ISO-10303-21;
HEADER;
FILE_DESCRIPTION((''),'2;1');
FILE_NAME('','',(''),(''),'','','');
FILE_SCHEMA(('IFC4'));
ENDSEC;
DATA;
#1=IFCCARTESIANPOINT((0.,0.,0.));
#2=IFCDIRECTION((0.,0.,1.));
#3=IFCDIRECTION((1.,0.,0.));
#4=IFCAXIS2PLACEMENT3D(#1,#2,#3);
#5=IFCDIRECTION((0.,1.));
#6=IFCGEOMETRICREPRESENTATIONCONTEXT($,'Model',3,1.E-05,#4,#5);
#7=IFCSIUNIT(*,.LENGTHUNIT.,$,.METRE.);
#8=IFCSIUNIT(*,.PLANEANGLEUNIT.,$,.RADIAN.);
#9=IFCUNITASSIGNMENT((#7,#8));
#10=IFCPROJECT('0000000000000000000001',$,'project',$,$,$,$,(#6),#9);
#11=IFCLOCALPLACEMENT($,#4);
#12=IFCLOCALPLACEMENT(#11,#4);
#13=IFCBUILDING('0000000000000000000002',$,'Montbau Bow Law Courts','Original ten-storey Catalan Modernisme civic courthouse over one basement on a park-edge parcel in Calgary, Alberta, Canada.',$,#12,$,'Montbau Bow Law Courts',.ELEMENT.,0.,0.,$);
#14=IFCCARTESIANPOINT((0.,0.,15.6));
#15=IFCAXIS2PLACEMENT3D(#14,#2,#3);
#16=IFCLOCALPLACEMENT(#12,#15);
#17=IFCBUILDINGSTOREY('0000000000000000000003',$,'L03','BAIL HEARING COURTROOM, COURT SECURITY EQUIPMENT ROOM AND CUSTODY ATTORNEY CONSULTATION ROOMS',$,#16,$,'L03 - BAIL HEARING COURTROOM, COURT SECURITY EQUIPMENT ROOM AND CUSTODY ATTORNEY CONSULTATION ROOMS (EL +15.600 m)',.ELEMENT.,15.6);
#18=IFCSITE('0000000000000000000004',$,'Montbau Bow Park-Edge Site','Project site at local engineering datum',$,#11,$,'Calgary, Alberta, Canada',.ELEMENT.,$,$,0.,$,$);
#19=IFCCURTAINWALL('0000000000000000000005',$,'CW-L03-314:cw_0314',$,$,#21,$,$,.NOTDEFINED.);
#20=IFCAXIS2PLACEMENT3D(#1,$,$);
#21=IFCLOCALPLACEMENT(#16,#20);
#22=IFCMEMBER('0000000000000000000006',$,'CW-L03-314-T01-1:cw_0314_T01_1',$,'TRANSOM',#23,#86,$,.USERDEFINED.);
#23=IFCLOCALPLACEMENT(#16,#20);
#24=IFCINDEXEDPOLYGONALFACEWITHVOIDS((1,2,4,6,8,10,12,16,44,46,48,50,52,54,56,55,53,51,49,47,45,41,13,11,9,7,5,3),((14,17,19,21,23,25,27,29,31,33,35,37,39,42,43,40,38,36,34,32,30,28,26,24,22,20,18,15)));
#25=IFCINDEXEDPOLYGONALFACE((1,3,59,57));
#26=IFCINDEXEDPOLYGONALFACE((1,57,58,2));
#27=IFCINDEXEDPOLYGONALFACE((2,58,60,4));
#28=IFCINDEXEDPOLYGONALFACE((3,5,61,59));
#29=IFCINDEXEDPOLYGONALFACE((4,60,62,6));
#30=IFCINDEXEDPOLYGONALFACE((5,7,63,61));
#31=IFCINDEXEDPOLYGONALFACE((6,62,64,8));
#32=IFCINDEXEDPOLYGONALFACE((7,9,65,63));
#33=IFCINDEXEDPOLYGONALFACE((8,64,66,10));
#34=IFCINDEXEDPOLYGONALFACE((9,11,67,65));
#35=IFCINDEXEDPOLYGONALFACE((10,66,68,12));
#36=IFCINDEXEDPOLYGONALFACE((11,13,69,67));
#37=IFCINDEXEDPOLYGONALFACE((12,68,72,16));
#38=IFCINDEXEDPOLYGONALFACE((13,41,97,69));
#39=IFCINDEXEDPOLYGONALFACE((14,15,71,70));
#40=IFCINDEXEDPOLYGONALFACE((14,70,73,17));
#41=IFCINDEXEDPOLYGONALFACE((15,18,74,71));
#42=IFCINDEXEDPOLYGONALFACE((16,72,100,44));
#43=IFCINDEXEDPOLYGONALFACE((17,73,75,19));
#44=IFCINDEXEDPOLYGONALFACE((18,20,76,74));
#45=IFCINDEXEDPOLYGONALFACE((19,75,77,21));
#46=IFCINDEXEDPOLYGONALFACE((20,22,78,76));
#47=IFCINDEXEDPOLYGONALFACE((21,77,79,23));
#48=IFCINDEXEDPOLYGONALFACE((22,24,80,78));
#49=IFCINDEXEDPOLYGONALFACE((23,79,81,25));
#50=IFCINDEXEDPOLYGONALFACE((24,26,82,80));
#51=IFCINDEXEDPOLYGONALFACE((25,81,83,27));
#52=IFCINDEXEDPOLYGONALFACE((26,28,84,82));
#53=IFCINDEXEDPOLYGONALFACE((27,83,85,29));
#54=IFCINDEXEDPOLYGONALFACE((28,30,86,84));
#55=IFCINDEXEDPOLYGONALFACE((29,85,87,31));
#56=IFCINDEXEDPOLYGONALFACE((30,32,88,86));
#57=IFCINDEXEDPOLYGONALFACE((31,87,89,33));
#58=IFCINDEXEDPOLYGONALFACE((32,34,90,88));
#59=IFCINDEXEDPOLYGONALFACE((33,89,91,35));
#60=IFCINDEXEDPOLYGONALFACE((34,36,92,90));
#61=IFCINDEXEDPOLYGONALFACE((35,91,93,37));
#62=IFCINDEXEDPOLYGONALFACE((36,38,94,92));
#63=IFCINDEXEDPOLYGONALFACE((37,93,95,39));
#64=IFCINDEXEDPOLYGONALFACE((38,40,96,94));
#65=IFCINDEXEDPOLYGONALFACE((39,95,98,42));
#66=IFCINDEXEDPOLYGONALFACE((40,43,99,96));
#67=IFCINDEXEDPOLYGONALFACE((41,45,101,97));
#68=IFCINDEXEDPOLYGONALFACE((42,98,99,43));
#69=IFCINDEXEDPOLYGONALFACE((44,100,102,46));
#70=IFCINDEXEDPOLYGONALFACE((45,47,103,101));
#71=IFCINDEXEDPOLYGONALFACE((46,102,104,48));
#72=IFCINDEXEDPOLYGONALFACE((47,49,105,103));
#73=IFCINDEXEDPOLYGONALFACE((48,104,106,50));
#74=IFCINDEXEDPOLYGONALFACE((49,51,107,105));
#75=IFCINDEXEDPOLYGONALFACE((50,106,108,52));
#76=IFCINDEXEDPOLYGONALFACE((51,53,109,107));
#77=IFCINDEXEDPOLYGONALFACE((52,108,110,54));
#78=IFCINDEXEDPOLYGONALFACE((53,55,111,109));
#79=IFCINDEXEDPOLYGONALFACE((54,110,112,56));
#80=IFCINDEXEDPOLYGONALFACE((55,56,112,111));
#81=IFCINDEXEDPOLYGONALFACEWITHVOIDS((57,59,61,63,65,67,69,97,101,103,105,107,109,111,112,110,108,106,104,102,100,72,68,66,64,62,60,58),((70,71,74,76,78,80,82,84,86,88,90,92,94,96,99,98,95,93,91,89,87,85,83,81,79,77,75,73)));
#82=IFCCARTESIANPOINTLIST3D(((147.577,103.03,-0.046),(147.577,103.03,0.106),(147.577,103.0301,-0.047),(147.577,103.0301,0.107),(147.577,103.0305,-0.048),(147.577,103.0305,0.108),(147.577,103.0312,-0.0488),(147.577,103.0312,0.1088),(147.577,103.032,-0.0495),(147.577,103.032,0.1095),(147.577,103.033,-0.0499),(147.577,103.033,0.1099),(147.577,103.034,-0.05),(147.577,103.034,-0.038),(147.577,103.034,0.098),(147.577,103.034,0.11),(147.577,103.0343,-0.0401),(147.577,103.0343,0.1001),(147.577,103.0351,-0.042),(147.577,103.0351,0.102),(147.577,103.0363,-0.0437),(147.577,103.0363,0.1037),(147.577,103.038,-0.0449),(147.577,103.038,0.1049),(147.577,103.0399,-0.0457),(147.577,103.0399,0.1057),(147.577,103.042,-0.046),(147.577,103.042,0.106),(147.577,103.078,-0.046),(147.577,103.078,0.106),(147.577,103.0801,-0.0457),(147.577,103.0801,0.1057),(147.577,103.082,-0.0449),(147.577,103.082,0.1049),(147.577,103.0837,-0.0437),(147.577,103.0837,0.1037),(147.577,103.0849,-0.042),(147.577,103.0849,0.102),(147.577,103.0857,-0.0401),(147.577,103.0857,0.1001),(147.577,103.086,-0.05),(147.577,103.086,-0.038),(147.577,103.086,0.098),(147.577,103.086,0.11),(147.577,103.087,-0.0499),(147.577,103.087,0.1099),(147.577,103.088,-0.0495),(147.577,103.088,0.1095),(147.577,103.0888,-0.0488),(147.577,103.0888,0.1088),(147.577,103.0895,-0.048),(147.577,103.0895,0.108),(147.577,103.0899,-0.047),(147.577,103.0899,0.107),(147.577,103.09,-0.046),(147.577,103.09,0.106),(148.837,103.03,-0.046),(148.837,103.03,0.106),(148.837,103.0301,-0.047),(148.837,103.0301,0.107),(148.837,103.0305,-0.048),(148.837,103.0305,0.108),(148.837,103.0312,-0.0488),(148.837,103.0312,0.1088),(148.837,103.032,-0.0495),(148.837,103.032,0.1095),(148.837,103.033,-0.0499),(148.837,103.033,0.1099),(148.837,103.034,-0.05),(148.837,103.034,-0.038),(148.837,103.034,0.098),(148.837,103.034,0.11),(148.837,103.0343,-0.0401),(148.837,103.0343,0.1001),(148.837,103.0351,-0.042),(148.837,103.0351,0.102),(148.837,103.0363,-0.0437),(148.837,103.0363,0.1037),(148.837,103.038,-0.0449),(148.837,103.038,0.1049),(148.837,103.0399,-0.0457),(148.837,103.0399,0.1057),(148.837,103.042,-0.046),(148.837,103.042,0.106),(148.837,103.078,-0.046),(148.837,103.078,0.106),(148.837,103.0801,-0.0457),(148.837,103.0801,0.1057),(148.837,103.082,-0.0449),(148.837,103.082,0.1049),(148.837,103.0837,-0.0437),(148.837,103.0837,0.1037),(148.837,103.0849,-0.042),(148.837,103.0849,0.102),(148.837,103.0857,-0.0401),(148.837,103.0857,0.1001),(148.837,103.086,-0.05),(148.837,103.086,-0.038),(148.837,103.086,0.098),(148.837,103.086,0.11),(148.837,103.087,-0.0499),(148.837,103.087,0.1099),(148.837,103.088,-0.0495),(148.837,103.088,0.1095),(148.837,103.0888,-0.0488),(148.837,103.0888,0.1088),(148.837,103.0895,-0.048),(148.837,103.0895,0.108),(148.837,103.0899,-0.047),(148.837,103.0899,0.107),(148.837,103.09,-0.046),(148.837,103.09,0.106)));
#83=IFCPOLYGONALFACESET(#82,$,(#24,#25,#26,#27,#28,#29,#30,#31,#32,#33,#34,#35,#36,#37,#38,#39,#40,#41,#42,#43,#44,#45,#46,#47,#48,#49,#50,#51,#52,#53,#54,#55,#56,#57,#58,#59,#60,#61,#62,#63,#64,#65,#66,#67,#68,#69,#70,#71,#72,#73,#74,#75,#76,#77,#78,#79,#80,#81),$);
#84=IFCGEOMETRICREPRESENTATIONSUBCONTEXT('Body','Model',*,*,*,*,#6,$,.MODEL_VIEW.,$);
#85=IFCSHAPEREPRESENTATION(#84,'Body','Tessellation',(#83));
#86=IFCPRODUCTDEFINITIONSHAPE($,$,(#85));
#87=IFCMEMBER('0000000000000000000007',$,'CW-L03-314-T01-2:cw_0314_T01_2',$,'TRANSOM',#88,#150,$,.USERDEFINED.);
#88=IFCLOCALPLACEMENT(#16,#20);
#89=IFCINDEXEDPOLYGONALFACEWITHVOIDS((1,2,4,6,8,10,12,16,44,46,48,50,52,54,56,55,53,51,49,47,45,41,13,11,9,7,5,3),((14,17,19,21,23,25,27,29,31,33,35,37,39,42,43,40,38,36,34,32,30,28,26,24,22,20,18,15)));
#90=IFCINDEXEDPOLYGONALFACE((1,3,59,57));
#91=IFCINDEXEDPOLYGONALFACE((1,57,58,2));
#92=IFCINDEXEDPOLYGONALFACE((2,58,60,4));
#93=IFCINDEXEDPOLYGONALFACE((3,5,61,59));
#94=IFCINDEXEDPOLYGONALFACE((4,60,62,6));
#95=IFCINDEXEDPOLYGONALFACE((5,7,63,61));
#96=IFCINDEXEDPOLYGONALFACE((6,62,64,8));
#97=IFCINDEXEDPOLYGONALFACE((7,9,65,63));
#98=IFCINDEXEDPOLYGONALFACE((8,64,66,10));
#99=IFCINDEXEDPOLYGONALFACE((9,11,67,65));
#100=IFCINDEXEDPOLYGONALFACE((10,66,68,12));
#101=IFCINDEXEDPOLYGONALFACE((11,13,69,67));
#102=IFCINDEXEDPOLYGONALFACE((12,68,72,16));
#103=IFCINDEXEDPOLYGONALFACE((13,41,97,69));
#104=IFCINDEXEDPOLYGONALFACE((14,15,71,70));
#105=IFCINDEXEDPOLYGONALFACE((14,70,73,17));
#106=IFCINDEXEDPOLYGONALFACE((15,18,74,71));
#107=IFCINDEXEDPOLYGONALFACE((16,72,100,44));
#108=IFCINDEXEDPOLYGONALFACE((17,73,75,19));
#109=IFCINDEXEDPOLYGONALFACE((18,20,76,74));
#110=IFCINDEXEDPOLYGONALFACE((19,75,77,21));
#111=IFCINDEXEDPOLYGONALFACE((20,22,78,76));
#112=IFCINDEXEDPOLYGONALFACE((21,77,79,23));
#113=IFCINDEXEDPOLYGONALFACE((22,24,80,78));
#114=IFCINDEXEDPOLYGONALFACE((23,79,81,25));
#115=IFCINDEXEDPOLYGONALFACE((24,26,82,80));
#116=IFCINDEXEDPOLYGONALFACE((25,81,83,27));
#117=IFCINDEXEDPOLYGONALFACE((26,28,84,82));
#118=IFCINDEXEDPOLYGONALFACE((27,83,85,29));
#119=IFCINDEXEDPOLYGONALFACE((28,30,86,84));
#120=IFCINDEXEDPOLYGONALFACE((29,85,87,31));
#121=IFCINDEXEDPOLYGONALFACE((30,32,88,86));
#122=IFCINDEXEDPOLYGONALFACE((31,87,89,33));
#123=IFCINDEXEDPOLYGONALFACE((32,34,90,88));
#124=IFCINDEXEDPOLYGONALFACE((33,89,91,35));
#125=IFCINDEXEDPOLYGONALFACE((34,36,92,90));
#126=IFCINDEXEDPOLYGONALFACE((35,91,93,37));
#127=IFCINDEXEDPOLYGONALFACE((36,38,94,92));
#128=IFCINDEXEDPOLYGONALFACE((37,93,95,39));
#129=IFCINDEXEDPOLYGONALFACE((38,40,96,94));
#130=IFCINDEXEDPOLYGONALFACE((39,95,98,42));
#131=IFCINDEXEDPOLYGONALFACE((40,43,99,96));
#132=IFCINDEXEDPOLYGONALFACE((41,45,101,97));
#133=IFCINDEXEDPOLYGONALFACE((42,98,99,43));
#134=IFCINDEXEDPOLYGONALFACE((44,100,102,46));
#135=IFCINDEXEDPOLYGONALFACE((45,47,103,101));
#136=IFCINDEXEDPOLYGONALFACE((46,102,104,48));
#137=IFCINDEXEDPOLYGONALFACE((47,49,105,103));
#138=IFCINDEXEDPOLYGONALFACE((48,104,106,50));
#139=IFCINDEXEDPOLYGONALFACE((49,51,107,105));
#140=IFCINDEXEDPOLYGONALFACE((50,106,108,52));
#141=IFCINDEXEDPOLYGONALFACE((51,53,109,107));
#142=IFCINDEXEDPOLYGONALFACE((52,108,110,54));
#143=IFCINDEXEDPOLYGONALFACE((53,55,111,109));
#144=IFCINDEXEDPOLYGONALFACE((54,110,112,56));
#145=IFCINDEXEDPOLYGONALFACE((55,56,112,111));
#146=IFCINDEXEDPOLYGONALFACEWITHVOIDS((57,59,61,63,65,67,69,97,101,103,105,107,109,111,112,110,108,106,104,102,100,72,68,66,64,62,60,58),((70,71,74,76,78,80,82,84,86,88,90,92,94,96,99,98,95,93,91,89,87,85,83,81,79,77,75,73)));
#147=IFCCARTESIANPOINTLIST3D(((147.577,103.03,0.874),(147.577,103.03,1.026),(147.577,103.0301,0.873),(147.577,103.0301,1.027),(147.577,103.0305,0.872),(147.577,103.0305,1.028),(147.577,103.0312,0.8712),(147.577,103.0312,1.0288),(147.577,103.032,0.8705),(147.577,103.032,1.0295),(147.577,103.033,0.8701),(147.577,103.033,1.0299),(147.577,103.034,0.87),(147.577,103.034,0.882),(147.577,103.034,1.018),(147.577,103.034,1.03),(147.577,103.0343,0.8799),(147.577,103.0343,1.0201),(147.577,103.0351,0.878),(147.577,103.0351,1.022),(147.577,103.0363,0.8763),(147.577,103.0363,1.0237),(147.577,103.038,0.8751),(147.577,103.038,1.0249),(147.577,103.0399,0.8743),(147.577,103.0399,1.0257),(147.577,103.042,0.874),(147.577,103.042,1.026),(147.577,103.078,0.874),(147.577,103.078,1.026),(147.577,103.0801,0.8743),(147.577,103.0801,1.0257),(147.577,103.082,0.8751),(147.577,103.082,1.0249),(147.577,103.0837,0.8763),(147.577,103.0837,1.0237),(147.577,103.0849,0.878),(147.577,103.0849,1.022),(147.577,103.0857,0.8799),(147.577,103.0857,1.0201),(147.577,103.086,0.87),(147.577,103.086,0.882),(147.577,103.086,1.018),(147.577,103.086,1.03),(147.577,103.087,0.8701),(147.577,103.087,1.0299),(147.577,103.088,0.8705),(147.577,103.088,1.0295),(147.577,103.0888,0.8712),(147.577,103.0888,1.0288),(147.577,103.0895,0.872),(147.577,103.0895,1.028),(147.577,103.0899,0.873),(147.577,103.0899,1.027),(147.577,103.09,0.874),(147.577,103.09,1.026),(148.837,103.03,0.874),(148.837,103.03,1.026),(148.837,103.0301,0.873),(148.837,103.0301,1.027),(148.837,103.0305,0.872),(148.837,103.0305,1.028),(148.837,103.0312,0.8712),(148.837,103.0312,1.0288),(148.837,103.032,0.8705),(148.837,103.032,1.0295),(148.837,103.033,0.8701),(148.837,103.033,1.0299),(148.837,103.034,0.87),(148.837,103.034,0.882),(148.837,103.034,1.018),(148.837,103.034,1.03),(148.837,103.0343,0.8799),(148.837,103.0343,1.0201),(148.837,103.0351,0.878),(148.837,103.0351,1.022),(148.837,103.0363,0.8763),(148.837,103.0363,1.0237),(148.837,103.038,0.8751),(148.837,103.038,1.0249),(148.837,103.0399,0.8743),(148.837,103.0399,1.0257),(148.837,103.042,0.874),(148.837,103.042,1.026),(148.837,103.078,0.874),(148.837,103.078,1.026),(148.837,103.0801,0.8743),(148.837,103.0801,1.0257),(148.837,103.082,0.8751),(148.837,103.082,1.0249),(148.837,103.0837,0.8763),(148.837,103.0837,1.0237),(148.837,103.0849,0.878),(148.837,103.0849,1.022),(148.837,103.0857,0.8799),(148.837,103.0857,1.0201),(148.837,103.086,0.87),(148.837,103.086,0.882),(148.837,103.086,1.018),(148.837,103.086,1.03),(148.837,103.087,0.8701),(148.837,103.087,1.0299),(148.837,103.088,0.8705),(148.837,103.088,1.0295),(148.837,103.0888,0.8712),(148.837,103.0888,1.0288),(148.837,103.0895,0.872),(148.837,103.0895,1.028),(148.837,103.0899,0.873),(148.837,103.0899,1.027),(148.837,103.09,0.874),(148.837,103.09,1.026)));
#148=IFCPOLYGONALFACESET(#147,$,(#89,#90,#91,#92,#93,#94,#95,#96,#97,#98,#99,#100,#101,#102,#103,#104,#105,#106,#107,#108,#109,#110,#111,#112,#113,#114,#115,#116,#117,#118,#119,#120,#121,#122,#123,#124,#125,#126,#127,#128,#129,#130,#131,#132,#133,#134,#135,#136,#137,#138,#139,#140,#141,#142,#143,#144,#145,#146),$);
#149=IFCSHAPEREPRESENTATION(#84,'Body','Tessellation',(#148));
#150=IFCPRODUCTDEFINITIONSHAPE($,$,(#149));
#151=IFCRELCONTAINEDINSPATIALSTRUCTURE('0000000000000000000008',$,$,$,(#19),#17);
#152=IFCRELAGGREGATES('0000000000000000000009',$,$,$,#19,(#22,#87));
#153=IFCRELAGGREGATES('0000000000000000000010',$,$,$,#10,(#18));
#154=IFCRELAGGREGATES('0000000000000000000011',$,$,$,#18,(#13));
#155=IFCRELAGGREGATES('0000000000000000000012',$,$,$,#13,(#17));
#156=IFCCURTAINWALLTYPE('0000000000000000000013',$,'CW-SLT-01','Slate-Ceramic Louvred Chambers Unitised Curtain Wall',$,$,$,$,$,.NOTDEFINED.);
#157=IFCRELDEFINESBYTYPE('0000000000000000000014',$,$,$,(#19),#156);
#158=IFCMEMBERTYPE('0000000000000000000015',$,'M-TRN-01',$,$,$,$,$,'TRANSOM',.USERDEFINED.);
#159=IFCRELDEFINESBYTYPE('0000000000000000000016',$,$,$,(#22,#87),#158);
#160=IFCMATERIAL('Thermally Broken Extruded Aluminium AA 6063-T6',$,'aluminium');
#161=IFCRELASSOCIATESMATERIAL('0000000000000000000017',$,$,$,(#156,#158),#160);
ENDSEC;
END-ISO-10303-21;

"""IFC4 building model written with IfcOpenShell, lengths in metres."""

from ifc_helpers import new_model, si_unit, direction, frame, origin_with_axes, origin_2d_with_axis, place, context, subcontext, project, spatial, hollow_rectangle, extrude, material, material_profile, profile_set, type_object, element, aggregate, save


model = new_model("IFC4")

# Units and contexts
model_context = context("Model", 3, precision=1e-05, world=origin_with_axes(), true_north=direction((0.0, 1.0)))
body_context = subcontext(model_context, "Body", "Model", "MODEL_VIEW")
ifc_project = project(units=[si_unit("LENGTHUNIT", "METRE"), si_unit("PLANEANGLEUNIT", "RADIAN")], contexts=[model_context])

# Site, building, storey
site_placement = place(None, origin_with_axes())
site = spatial("IfcSite", under=ifc_project, at=site_placement, Name="Montbau Bow Park-Edge Site", Description="Project site at local engineering datum", LongName="Calgary, Alberta, Canada", CompositionType="ELEMENT", RefElevation=0.0)
building_placement = place(site_placement, origin_with_axes())
building = spatial("IfcBuilding", under=site, at=building_placement, Name="Montbau Bow Law Courts", Description="Original ten-storey Catalan Modernisme civic courthouse over one basement on a park-edge parcel in Calgary, Alberta, Canada.", LongName="Montbau Bow Law Courts", CompositionType="ELEMENT", ElevationOfRefHeight=0.0, ElevationOfTerrain=0.0)
storey_placement = place(building_placement, frame((0.0, 0.0, 15.6), z_axis=(0.0, 0.0, 1.0), x_axis=(1.0, 0.0, 0.0)))
storey = spatial("IfcBuildingStorey", under=building, at=storey_placement, Name="L03", Description="BAIL HEARING COURTROOM, COURT SECURITY EQUIPMENT ROOM AND CUSTODY ATTORNEY CONSULTATION ROOMS", LongName="L03 - BAIL HEARING COURTROOM, COURT SECURITY EQUIPMENT ROOM AND CUSTODY ATTORNEY CONSULTATION ROOMS (EL +15.600 m)", CompositionType="ELEMENT", Elevation=15.6)

# Curtain wall, members
ifc_material_1 = material(Name="Thermally Broken Extruded Aluminium AA 6063-T6", Category="aluminium")
curtain_wall_type = type_object("IfcCurtainWallType", Name="CW-SLT-01", Description="Slate-Ceramic Louvred Chambers Unitised Curtain Wall", PredefinedType="NOTDEFINED", material=ifc_material_1)
curtain_wall_placement = place(None, frame((147.515, 103.06, 15.6), z_axis=(0.0, 0.0, 1.0), x_axis=(1.0, 0.0, 0.0)))
curtain_wall = element("IfcCurtainWall", 1, at=curtain_wall_placement, inside=storey, type_object=curtain_wall_type, Name="CW-L03-314:cw_0314", PredefinedType="NOTDEFINED")
ifc_material_profile_1 = material_profile(ifc_material_1, hollow_rectangle(XDim=0.06, YDim=0.16, WallThickness=0.004, InnerFilletRadius=0.008, OuterFilletRadius=0.004, at=origin_2d_with_axis()), Name="CWT-160X60", Category="Main", Priority=0)
ifc_profile_set_1 = profile_set([ifc_material_profile_1], Name="Thermally Broken Extruded Aluminium AA 6063-T6")
member_type_1 = type_object("IfcMemberType", Name="M-TRN-01", ElementType="TRANSOM", PredefinedType="USERDEFINED", material=ifc_profile_set_1)
member_1_placement = place(None, frame((147.577, 103.06, 15.63), z_axis=(1.0, 0.0, 0.0), x_axis=(0.0, 1.0, 0.0)))
member_1 = element("IfcMember", 2, at=member_1_placement, type_object=member_type_1, Name="CW-L03-314-T01-1:cw_0314_T01_1", ObjectType="TRANSOM", PredefinedType="USERDEFINED", context=body_context, shape_type="SweptSolid", body=[
    extrude(hollow_rectangle(XDim=0.06, YDim=0.16, WallThickness=0.004, InnerFilletRadius=0.008, OuterFilletRadius=0.004, at=origin_2d_with_axis()), origin_with_axes(), (0.0, 0.0, 1.0), 1.26),
])
member_2_placement = place(None, frame((147.577, 103.06, 16.55), z_axis=(1.0, 0.0, 0.0), x_axis=(0.0, 1.0, 0.0)))
member_2 = element("IfcMember", 3, at=member_2_placement, type_object=member_type_1, Name="CW-L03-314-T01-2:cw_0314_T01_2", ObjectType="TRANSOM", PredefinedType="USERDEFINED", context=body_context, shape_type="SweptSolid", body=[
    extrude(hollow_rectangle(XDim=0.06, YDim=0.16, WallThickness=0.004, InnerFilletRadius=0.008, OuterFilletRadius=0.004, at=origin_2d_with_axis()), origin_with_axes(), (0.0, 0.0, 1.0), 1.26),
])
aggregate(curtain_wall, [member_1, member_2])

save(model, "model.ifc")
